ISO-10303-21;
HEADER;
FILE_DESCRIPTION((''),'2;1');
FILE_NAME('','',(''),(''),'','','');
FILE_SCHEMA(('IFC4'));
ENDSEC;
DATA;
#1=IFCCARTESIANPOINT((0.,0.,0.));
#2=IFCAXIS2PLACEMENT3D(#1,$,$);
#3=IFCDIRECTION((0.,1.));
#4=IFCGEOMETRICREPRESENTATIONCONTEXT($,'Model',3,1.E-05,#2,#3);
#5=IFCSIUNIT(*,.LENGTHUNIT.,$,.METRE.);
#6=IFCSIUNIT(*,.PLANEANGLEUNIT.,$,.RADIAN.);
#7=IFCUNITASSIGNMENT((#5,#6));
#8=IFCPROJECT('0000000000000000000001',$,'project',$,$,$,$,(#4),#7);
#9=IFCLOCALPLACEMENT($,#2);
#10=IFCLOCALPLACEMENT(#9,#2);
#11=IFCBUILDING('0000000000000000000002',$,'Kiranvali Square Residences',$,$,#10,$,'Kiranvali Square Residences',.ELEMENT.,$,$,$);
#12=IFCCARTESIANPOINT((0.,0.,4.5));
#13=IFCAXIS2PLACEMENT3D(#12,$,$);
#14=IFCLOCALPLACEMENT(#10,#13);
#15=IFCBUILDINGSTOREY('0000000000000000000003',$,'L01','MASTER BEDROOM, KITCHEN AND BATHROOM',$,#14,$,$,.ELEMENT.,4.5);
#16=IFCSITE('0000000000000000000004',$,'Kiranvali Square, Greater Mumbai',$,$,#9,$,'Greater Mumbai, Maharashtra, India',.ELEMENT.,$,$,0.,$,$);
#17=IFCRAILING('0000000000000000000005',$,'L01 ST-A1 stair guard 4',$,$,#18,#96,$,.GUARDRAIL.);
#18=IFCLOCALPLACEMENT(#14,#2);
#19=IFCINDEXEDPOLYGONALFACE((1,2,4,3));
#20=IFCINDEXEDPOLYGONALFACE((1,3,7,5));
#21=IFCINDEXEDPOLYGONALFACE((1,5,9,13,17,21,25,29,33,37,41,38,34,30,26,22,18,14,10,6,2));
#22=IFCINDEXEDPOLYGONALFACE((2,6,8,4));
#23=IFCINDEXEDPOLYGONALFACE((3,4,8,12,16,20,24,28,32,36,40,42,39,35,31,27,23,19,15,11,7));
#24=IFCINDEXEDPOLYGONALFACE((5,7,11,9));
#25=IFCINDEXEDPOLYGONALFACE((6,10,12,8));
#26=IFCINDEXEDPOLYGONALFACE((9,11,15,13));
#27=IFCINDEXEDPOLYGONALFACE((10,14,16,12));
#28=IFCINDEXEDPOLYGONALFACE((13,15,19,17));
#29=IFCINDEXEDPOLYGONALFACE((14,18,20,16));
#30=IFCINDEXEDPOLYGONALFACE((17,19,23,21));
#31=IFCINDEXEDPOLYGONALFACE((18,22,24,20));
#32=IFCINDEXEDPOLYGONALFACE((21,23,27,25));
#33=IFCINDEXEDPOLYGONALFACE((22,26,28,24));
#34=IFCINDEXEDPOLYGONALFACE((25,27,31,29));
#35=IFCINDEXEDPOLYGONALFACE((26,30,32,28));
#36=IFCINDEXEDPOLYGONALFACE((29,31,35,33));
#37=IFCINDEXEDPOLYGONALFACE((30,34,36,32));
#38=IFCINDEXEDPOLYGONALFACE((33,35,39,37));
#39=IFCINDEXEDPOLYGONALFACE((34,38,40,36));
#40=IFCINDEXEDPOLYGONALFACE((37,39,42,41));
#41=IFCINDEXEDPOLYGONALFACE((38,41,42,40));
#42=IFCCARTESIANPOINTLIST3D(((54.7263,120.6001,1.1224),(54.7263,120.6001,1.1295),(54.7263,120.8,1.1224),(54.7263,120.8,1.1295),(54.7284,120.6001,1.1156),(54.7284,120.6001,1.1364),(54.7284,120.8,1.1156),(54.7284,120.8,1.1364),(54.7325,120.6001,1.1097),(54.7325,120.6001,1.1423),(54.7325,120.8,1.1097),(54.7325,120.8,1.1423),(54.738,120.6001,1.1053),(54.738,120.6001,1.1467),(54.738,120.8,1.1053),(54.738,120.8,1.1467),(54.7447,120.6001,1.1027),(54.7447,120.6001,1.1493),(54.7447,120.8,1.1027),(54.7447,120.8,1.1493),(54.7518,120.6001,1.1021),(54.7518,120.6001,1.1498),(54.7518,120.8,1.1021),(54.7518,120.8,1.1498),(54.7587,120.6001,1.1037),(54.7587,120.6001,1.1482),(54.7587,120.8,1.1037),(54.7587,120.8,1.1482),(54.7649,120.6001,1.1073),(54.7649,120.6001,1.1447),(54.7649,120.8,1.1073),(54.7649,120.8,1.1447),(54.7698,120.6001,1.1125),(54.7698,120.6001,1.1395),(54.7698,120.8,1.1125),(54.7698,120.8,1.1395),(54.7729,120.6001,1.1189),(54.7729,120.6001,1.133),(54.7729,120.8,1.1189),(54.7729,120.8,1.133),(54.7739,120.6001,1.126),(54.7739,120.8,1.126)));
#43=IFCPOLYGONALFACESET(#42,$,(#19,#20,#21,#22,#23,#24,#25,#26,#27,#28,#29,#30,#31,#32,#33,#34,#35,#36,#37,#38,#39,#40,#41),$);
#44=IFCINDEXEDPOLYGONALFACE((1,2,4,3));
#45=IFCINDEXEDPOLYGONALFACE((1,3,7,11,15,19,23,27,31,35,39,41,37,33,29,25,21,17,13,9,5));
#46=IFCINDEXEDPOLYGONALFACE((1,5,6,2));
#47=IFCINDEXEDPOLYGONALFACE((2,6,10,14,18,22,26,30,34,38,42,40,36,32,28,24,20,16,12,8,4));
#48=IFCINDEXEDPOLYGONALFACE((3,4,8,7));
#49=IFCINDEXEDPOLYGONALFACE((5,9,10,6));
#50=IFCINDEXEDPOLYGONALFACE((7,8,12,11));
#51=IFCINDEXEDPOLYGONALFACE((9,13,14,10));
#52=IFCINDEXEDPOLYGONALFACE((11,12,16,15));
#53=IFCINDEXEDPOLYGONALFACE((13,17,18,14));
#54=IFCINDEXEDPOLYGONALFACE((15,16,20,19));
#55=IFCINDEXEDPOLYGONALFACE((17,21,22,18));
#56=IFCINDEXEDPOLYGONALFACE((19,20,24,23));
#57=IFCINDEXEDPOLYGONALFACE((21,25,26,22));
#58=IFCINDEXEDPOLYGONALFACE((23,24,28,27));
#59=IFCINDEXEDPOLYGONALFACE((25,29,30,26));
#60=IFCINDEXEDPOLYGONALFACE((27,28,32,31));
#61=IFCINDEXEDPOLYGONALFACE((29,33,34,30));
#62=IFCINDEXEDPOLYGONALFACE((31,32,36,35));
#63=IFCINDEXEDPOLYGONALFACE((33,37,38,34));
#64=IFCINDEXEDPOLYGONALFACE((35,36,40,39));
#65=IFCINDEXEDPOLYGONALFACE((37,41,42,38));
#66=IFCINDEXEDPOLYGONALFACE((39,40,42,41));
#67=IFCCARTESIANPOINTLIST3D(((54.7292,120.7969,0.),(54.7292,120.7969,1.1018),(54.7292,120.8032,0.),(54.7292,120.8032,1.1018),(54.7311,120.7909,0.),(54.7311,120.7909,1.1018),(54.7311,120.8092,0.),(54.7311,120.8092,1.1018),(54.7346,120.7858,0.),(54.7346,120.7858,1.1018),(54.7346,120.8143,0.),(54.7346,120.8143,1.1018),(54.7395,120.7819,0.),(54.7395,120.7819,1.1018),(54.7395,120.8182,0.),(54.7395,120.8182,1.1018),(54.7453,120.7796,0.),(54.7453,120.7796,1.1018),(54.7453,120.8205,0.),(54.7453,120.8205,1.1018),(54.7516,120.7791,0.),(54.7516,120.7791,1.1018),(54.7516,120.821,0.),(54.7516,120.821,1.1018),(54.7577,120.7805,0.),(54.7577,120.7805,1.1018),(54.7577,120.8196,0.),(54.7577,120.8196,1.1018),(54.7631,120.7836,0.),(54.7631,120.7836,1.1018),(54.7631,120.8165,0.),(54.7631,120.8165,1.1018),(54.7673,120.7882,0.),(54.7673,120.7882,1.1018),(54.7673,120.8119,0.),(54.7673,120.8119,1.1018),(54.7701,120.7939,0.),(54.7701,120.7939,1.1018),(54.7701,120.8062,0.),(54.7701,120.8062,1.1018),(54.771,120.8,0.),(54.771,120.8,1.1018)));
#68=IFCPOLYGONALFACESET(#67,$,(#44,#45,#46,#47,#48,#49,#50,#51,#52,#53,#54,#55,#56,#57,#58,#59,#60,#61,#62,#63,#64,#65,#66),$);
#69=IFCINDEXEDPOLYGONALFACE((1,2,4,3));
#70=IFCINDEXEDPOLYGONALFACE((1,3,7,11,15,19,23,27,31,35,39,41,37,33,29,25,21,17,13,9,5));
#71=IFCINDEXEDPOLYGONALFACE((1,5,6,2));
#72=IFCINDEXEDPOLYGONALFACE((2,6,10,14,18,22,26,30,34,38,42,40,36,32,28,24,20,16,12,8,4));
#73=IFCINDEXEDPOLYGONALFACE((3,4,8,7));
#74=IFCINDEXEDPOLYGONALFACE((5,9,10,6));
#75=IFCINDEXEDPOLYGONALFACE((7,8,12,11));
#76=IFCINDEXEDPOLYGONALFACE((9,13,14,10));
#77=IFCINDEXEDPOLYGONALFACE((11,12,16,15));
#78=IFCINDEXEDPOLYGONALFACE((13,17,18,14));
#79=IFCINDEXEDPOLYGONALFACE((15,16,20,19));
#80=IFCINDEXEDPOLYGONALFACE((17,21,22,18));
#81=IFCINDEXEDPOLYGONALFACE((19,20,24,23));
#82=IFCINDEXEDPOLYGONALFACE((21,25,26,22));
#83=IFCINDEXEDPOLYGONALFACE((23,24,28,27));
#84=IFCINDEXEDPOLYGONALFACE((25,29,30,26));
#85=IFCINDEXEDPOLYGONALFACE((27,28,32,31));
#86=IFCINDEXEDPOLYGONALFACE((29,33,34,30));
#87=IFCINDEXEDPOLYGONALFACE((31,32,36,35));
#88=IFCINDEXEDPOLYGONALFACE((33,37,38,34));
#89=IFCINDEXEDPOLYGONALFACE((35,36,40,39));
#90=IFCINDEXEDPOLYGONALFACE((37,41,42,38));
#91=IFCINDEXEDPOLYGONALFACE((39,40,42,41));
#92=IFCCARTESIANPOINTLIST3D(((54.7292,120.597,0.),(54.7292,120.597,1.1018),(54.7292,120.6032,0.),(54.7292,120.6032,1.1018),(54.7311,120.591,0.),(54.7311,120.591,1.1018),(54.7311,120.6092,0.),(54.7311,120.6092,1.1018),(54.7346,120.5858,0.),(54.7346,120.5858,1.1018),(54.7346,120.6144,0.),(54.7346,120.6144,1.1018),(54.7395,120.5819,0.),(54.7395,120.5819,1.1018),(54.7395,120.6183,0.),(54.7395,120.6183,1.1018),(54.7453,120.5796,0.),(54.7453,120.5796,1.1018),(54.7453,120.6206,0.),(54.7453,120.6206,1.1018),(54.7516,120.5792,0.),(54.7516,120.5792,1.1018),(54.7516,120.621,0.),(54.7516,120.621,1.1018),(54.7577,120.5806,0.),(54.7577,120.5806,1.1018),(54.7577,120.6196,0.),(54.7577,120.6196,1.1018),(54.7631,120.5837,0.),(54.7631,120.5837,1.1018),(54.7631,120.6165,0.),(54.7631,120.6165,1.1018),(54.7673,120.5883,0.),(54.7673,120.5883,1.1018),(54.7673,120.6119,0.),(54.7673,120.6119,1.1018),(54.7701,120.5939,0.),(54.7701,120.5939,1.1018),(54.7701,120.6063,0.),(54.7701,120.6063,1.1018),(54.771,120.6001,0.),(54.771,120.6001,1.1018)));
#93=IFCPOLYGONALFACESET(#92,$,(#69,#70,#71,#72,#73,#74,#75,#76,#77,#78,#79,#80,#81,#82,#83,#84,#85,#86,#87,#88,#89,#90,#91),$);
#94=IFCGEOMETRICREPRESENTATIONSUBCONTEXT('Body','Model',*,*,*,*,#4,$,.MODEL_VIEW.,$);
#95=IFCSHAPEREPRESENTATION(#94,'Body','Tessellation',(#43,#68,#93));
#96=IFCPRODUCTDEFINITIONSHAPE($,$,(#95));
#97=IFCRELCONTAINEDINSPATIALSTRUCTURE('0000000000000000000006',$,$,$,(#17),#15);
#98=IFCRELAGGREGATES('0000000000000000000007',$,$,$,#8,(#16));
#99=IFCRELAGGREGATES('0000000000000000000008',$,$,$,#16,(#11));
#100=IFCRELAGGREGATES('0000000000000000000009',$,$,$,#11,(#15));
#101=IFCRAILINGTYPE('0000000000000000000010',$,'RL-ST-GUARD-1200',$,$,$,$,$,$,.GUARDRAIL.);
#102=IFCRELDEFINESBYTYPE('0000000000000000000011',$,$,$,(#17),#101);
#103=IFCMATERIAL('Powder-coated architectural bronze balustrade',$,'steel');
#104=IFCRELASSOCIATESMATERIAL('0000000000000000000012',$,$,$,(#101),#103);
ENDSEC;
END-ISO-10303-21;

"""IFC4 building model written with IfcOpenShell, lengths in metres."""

from ifc_helpers import new_model, si_unit, direction, frame, origin, origin_2d, place, context, subcontext, project, spatial, circle, extrude, material, type_object, element, save


model = new_model("IFC4")

# Units and contexts
model_context = context("Model", 3, precision=1e-05, world=origin(), true_north=direction((0.0, 1.0)))
body_context = subcontext(model_context, "Body", "Model", "MODEL_VIEW")
ifc_project = project(units=[si_unit("LENGTHUNIT", "METRE"), si_unit("PLANEANGLEUNIT", "RADIAN")], contexts=[model_context])

# Site, building, storey
site_placement = place(None, origin())
site = spatial("IfcSite", under=ifc_project, at=site_placement, Name="Kiranvali Square, Greater Mumbai", LongName="Greater Mumbai, Maharashtra, India", CompositionType="ELEMENT", RefElevation=0.0)
building_placement = place(site_placement, origin())
building = spatial("IfcBuilding", under=site, at=building_placement, Name="Kiranvali Square Residences", LongName="Kiranvali Square Residences", CompositionType="ELEMENT")
storey_placement = place(building_placement, frame((0.0, 0.0, 4.5)))
storey = spatial("IfcBuildingStorey", under=building, at=storey_placement, Name="L01", Description="MASTER BEDROOM, KITCHEN AND BATHROOM", CompositionType="ELEMENT", Elevation=4.5)

# Railing
ifc_material_1 = material(Name="Powder-coated architectural bronze balustrade", Category="steel")
railing_type_1 = type_object("IfcRailingType", Name="RL-ST-GUARD-1200", PredefinedType="GUARDRAIL", material=ifc_material_1)
railing_1_placement = place(storey_placement, frame((54.75, 120.8, 0.0)))
element("IfcRailing", 1, at=railing_1_placement, inside=storey, type_object=railing_type_1, Name="L01 ST-A1 stair guard 4", PredefinedType="GUARDRAIL", context=body_context, shape_type="SweptSolid", body=[
    extrude(circle(Radius=0.0239, at=origin_2d()), frame((0.0, 0.0, 1.126), z_axis=(0.0, -1.0, 0.0), x_axis=(1.0, 0.0, 0.0)), (0.0, 0.0, 1.0), 0.2),
    extrude(circle(Radius=0.021, at=origin_2d()), origin(), (0.0, 0.0, 1.0), 1.1018),
    extrude(circle(Radius=0.021, at=origin_2d()), frame((0.0, -0.2, 0.0)), (0.0, 0.0, 1.0), 1.1018),
])

save(model, "model.ifc")
